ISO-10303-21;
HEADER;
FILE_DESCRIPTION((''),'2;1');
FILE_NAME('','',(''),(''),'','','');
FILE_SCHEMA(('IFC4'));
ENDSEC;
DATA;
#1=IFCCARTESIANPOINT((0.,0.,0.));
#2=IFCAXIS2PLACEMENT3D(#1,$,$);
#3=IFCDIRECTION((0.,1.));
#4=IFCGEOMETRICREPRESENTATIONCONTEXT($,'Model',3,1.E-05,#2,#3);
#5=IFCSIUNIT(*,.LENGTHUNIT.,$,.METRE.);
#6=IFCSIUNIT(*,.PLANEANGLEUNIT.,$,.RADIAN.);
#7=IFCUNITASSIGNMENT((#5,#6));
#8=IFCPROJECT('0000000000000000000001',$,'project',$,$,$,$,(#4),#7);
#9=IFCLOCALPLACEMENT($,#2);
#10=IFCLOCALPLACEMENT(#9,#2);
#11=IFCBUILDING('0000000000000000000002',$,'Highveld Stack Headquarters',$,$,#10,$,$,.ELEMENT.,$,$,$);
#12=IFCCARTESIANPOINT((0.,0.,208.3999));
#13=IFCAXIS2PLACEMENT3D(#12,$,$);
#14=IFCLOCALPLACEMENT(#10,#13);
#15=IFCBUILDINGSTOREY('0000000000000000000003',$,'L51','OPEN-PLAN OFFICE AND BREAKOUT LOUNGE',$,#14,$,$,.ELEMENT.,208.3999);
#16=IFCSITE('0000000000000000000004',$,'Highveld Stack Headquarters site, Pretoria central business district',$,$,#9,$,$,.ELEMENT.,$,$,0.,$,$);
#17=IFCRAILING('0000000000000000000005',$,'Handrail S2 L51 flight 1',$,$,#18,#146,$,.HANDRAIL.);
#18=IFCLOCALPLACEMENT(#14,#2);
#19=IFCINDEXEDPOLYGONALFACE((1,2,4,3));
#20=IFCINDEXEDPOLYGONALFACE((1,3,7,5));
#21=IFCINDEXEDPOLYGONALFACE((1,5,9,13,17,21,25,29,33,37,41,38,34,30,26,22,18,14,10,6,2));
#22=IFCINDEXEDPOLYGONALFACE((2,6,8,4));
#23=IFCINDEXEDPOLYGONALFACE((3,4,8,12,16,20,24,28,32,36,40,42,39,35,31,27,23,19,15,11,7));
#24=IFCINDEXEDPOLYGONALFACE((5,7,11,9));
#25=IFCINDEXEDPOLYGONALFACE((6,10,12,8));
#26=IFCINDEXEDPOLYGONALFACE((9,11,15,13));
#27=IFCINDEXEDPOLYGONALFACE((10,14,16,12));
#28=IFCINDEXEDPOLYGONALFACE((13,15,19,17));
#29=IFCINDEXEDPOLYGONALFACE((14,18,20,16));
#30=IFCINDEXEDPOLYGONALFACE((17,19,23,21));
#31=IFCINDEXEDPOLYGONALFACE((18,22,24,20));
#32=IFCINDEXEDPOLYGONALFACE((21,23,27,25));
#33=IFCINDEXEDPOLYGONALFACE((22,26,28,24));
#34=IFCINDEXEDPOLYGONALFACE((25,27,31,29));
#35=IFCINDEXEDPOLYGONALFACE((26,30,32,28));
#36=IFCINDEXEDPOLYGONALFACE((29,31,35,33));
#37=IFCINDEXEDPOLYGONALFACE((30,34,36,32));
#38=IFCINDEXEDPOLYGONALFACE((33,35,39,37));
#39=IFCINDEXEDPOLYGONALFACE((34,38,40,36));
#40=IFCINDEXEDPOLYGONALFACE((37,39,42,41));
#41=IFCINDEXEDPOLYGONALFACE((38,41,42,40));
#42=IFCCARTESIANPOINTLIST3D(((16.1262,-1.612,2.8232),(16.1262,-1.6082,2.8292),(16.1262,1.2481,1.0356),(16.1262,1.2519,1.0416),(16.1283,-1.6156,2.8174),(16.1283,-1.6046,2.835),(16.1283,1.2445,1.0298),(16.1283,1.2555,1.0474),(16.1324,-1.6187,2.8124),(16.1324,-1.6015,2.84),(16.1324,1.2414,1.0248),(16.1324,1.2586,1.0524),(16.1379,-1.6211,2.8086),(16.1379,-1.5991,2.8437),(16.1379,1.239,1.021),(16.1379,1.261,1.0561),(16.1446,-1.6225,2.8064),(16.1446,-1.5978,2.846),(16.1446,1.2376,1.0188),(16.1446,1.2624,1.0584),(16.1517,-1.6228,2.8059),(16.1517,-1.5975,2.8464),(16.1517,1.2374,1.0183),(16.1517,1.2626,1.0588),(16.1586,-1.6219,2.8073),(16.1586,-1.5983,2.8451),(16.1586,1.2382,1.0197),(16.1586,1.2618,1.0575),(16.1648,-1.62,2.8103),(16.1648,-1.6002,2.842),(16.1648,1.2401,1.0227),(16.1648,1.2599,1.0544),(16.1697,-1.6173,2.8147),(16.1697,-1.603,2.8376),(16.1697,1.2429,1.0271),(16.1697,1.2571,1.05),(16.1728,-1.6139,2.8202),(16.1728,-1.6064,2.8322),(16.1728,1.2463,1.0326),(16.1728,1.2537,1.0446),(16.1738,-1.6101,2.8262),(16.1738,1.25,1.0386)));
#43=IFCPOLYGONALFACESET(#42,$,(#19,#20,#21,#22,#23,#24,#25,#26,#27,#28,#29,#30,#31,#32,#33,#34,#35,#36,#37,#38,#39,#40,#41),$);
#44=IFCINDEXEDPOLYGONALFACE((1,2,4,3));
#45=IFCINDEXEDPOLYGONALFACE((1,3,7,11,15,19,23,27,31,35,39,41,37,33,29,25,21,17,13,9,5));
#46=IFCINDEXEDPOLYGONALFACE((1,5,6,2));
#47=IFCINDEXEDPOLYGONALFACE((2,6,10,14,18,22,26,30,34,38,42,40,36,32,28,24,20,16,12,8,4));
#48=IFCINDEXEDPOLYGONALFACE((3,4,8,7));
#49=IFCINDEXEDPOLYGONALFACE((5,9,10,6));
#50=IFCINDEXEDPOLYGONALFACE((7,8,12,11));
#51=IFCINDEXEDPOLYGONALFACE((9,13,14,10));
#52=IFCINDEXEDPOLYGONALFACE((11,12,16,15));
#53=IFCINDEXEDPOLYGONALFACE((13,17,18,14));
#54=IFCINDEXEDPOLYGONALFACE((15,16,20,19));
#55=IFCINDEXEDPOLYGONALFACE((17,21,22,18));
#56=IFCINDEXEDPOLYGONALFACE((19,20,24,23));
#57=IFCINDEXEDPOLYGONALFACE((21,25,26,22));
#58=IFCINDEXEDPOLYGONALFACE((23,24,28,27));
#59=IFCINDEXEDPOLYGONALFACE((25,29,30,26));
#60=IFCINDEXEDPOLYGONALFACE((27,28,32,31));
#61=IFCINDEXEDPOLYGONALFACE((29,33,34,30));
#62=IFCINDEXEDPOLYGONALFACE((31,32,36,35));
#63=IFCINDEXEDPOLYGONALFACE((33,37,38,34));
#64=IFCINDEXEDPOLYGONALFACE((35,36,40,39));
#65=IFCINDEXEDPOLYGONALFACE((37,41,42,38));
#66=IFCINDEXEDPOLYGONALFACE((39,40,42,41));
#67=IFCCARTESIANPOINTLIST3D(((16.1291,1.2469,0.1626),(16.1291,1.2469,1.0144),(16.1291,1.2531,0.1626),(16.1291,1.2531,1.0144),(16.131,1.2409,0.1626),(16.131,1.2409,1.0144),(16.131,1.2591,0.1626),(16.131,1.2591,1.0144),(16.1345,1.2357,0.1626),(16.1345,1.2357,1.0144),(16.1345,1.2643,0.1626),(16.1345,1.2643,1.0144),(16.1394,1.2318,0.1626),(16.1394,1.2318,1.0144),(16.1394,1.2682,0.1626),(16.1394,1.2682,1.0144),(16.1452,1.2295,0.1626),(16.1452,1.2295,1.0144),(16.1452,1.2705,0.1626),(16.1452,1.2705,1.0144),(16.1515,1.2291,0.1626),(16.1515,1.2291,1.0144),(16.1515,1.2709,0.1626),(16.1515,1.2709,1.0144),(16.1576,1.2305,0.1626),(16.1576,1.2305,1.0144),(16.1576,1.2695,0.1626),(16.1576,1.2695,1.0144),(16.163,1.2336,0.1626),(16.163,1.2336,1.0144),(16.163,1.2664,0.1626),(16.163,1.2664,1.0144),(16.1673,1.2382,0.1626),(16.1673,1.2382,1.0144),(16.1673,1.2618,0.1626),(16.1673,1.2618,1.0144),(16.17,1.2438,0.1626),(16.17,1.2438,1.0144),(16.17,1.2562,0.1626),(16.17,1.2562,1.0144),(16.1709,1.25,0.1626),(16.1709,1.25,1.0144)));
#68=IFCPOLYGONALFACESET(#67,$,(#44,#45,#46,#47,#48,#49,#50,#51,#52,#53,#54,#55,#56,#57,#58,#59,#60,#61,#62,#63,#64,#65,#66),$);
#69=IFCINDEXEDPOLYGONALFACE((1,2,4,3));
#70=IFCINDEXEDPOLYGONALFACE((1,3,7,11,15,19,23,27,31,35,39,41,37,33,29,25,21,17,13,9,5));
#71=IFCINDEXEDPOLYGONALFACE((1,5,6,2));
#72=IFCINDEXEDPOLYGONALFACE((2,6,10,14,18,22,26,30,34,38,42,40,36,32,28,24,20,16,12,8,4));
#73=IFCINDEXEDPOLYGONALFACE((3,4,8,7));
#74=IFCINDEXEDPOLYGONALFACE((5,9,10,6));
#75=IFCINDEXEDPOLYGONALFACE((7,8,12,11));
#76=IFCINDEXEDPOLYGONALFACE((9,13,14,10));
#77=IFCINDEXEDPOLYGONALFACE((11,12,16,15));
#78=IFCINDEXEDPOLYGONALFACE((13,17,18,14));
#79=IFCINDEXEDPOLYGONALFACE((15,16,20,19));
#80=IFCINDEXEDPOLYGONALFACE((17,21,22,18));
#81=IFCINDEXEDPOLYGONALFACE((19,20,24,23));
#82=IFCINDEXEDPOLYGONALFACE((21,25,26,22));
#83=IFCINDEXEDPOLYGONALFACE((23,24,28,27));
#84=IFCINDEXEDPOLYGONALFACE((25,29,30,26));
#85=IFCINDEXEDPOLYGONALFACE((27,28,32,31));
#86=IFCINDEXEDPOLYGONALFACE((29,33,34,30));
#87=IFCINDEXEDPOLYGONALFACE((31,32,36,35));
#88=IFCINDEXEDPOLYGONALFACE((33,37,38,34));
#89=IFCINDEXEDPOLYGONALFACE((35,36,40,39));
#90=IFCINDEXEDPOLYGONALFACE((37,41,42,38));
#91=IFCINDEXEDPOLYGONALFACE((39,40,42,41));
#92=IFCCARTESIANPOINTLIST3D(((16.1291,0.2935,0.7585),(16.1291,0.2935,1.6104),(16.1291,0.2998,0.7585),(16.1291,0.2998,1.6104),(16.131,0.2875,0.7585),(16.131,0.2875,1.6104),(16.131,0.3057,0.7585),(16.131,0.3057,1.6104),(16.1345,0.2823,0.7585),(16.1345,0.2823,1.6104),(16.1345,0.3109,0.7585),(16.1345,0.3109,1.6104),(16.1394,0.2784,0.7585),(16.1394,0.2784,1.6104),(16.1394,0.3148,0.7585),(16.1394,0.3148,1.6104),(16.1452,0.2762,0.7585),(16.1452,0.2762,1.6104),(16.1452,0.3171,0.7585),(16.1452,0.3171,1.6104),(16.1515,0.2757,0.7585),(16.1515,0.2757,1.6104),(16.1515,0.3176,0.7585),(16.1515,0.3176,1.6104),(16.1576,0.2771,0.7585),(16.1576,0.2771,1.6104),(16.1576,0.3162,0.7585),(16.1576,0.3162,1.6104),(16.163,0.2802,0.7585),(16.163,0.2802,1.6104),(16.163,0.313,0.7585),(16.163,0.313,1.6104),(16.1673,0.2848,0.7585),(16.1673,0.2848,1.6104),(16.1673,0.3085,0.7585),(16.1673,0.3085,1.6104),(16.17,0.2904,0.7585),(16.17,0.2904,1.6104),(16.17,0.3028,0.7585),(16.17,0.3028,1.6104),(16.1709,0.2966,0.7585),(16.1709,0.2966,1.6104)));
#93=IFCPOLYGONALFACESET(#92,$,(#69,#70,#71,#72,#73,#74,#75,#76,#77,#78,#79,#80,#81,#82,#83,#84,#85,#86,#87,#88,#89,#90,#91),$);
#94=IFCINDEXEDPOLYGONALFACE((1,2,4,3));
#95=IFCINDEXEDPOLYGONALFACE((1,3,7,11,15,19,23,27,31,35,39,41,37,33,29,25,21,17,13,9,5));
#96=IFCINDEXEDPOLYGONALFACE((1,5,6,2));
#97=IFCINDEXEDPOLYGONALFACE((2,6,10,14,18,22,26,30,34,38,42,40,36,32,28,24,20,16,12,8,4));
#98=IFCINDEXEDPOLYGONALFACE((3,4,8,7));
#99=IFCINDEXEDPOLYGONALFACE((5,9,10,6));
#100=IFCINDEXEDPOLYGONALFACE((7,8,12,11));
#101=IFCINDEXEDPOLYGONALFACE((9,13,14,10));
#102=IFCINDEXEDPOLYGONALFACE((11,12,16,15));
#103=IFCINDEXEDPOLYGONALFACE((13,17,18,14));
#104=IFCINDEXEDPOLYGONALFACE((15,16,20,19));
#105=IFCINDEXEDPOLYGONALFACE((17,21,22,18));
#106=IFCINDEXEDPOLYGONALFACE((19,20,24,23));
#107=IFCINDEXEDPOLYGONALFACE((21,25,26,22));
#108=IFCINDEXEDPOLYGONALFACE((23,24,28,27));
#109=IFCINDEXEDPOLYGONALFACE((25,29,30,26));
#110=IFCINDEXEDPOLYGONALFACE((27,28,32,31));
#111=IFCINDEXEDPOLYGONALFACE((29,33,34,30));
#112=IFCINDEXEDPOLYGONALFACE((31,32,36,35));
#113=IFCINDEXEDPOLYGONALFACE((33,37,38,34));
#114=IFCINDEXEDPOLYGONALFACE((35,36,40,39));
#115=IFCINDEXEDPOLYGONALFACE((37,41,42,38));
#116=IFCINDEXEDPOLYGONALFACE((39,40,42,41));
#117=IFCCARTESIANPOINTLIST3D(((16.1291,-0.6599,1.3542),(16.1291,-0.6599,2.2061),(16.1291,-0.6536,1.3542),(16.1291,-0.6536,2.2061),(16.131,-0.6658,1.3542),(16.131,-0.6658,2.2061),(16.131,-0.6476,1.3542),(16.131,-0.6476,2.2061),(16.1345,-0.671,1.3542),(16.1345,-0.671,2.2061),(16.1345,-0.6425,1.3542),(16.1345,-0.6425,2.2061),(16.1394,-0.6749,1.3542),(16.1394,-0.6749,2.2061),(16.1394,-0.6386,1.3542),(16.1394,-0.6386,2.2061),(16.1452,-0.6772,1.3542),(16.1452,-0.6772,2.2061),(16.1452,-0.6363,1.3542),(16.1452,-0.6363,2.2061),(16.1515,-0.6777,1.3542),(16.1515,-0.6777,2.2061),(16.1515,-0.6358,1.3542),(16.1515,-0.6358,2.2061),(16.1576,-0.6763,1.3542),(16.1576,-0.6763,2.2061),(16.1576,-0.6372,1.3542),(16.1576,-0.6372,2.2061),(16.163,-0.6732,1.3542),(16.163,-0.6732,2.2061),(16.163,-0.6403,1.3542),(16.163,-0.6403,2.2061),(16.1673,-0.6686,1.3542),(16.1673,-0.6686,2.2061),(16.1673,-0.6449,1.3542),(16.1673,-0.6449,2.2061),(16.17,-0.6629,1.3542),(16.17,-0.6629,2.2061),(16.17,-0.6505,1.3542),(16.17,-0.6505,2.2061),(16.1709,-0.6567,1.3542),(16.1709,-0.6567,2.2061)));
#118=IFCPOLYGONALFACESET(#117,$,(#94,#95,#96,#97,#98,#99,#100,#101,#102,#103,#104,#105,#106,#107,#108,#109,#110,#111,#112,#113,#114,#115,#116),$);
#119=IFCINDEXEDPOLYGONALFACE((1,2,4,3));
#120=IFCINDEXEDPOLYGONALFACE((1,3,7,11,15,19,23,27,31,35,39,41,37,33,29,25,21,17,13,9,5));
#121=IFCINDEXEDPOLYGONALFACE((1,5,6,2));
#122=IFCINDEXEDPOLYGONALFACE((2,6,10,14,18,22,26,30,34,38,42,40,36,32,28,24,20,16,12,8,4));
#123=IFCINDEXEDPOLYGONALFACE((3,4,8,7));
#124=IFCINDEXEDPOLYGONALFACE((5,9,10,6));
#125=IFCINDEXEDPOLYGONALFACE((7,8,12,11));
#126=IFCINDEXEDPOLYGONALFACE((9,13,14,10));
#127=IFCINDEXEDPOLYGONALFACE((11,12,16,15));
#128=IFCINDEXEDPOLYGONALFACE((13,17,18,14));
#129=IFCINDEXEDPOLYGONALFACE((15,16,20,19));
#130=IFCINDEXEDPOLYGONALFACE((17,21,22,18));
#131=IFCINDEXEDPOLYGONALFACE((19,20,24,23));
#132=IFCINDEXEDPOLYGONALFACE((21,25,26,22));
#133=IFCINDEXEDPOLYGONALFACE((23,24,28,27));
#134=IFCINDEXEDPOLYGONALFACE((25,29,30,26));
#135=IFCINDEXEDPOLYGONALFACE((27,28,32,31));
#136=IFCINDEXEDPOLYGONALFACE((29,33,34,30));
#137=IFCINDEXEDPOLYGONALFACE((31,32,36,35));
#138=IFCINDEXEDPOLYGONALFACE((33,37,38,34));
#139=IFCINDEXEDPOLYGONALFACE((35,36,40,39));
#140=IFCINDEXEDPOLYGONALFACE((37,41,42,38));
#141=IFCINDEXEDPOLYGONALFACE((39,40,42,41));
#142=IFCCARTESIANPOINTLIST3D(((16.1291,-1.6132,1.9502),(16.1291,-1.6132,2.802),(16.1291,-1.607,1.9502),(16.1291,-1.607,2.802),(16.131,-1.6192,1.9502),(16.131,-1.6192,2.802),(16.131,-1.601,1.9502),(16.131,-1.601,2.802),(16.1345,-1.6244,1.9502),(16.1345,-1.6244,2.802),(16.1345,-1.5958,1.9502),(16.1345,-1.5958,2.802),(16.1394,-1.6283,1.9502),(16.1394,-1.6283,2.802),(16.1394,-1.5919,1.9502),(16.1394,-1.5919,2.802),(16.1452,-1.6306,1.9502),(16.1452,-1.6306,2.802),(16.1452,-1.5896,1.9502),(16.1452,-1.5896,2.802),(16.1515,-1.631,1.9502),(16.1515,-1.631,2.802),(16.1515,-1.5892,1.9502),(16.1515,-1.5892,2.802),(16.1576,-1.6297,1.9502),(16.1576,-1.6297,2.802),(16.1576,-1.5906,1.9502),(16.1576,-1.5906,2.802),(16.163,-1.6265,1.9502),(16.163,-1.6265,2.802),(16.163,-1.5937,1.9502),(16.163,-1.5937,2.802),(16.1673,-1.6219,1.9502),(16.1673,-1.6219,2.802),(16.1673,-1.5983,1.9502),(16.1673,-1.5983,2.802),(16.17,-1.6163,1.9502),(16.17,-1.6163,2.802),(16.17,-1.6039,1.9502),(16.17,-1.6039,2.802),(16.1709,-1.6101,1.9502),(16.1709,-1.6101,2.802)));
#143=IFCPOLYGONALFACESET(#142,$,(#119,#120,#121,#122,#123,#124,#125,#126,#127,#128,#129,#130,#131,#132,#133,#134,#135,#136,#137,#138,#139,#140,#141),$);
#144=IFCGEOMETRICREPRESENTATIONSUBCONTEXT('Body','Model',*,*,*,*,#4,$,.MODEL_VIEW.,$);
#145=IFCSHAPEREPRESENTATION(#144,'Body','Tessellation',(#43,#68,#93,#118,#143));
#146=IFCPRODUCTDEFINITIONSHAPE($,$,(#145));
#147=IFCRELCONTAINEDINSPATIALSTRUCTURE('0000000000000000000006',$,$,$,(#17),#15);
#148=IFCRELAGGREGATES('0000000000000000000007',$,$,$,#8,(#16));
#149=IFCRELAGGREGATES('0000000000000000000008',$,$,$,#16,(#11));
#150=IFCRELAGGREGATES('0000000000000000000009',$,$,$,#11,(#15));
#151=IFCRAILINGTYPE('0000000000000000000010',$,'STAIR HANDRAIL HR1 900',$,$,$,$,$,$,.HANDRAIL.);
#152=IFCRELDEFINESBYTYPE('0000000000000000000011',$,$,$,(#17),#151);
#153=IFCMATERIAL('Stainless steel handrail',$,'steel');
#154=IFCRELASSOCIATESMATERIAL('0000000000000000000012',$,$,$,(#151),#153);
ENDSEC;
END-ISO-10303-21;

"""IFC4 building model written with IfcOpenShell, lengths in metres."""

from ifc_helpers import new_model, si_unit, direction, frame, origin, origin_2d, place, context, subcontext, project, spatial, circle, extrude, material, type_object, element, save


model = new_model("IFC4")

# Units and contexts
model_context = context("Model", 3, precision=1e-05, world=origin(), true_north=direction((0.0, 1.0)))
body_context = subcontext(model_context, "Body", "Model", "MODEL_VIEW")
ifc_project = project(units=[si_unit("LENGTHUNIT", "METRE"), si_unit("PLANEANGLEUNIT", "RADIAN")], contexts=[model_context])

# Site, building, storey
site_placement = place(None, origin())
site = spatial("IfcSite", under=ifc_project, at=site_placement, Name="Highveld Stack Headquarters site, Pretoria central business district", CompositionType="ELEMENT", RefElevation=0.0)
building_placement = place(site_placement, origin())
building = spatial("IfcBuilding", under=site, at=building_placement, Name="Highveld Stack Headquarters", CompositionType="ELEMENT")
storey_placement = place(building_placement, frame((0.0, 0.0, 208.3999)))
storey = spatial("IfcBuildingStorey", under=building, at=storey_placement, Name="L51", Description="OPEN-PLAN OFFICE AND BREAKOUT LOUNGE", CompositionType="ELEMENT", Elevation=208.3999)

# Railing
ifc_material_1 = material(Name="Stainless steel handrail", Category="steel")
railing_type = type_object("IfcRailingType", Name="STAIR HANDRAIL HR1 900", PredefinedType="HANDRAIL", material=ifc_material_1)
railing_placement = place(storey_placement, frame((16.1499, 1.25, 0.1626)))
element("IfcRailing", 1, at=railing_placement, inside=storey, type_object=railing_type, Name="Handrail S2 L51 flight 1", PredefinedType="HANDRAIL", context=body_context, shape_type="SweptSolid", body=[
    extrude(circle(Radius=0.0239, at=origin_2d()), frame((0.0, 0.0, 0.876), z_axis=(0.0, -0.847994, 0.530005), x_axis=(1.0, 0.0, 0.0)), (0.0, 0.0, 1.0), 3.3728),
    extrude(circle(Radius=0.021, at=origin_2d()), origin(), (0.0, 0.0, 1.0), 0.8518),
    extrude(circle(Radius=0.021, at=origin_2d()), frame((0.0, -0.9534, 0.5959)), (0.0, 0.0, 1.0), 0.8518),
    extrude(circle(Radius=0.021, at=origin_2d()), frame((0.0, -1.9067, 1.1917)), (0.0, 0.0, 1.0), 0.8518),
    extrude(circle(Radius=0.021, at=origin_2d()), frame((0.0, -2.8601, 1.7876)), (0.0, 0.0, 1.0), 0.8518),
])

save(model, "model.ifc")
